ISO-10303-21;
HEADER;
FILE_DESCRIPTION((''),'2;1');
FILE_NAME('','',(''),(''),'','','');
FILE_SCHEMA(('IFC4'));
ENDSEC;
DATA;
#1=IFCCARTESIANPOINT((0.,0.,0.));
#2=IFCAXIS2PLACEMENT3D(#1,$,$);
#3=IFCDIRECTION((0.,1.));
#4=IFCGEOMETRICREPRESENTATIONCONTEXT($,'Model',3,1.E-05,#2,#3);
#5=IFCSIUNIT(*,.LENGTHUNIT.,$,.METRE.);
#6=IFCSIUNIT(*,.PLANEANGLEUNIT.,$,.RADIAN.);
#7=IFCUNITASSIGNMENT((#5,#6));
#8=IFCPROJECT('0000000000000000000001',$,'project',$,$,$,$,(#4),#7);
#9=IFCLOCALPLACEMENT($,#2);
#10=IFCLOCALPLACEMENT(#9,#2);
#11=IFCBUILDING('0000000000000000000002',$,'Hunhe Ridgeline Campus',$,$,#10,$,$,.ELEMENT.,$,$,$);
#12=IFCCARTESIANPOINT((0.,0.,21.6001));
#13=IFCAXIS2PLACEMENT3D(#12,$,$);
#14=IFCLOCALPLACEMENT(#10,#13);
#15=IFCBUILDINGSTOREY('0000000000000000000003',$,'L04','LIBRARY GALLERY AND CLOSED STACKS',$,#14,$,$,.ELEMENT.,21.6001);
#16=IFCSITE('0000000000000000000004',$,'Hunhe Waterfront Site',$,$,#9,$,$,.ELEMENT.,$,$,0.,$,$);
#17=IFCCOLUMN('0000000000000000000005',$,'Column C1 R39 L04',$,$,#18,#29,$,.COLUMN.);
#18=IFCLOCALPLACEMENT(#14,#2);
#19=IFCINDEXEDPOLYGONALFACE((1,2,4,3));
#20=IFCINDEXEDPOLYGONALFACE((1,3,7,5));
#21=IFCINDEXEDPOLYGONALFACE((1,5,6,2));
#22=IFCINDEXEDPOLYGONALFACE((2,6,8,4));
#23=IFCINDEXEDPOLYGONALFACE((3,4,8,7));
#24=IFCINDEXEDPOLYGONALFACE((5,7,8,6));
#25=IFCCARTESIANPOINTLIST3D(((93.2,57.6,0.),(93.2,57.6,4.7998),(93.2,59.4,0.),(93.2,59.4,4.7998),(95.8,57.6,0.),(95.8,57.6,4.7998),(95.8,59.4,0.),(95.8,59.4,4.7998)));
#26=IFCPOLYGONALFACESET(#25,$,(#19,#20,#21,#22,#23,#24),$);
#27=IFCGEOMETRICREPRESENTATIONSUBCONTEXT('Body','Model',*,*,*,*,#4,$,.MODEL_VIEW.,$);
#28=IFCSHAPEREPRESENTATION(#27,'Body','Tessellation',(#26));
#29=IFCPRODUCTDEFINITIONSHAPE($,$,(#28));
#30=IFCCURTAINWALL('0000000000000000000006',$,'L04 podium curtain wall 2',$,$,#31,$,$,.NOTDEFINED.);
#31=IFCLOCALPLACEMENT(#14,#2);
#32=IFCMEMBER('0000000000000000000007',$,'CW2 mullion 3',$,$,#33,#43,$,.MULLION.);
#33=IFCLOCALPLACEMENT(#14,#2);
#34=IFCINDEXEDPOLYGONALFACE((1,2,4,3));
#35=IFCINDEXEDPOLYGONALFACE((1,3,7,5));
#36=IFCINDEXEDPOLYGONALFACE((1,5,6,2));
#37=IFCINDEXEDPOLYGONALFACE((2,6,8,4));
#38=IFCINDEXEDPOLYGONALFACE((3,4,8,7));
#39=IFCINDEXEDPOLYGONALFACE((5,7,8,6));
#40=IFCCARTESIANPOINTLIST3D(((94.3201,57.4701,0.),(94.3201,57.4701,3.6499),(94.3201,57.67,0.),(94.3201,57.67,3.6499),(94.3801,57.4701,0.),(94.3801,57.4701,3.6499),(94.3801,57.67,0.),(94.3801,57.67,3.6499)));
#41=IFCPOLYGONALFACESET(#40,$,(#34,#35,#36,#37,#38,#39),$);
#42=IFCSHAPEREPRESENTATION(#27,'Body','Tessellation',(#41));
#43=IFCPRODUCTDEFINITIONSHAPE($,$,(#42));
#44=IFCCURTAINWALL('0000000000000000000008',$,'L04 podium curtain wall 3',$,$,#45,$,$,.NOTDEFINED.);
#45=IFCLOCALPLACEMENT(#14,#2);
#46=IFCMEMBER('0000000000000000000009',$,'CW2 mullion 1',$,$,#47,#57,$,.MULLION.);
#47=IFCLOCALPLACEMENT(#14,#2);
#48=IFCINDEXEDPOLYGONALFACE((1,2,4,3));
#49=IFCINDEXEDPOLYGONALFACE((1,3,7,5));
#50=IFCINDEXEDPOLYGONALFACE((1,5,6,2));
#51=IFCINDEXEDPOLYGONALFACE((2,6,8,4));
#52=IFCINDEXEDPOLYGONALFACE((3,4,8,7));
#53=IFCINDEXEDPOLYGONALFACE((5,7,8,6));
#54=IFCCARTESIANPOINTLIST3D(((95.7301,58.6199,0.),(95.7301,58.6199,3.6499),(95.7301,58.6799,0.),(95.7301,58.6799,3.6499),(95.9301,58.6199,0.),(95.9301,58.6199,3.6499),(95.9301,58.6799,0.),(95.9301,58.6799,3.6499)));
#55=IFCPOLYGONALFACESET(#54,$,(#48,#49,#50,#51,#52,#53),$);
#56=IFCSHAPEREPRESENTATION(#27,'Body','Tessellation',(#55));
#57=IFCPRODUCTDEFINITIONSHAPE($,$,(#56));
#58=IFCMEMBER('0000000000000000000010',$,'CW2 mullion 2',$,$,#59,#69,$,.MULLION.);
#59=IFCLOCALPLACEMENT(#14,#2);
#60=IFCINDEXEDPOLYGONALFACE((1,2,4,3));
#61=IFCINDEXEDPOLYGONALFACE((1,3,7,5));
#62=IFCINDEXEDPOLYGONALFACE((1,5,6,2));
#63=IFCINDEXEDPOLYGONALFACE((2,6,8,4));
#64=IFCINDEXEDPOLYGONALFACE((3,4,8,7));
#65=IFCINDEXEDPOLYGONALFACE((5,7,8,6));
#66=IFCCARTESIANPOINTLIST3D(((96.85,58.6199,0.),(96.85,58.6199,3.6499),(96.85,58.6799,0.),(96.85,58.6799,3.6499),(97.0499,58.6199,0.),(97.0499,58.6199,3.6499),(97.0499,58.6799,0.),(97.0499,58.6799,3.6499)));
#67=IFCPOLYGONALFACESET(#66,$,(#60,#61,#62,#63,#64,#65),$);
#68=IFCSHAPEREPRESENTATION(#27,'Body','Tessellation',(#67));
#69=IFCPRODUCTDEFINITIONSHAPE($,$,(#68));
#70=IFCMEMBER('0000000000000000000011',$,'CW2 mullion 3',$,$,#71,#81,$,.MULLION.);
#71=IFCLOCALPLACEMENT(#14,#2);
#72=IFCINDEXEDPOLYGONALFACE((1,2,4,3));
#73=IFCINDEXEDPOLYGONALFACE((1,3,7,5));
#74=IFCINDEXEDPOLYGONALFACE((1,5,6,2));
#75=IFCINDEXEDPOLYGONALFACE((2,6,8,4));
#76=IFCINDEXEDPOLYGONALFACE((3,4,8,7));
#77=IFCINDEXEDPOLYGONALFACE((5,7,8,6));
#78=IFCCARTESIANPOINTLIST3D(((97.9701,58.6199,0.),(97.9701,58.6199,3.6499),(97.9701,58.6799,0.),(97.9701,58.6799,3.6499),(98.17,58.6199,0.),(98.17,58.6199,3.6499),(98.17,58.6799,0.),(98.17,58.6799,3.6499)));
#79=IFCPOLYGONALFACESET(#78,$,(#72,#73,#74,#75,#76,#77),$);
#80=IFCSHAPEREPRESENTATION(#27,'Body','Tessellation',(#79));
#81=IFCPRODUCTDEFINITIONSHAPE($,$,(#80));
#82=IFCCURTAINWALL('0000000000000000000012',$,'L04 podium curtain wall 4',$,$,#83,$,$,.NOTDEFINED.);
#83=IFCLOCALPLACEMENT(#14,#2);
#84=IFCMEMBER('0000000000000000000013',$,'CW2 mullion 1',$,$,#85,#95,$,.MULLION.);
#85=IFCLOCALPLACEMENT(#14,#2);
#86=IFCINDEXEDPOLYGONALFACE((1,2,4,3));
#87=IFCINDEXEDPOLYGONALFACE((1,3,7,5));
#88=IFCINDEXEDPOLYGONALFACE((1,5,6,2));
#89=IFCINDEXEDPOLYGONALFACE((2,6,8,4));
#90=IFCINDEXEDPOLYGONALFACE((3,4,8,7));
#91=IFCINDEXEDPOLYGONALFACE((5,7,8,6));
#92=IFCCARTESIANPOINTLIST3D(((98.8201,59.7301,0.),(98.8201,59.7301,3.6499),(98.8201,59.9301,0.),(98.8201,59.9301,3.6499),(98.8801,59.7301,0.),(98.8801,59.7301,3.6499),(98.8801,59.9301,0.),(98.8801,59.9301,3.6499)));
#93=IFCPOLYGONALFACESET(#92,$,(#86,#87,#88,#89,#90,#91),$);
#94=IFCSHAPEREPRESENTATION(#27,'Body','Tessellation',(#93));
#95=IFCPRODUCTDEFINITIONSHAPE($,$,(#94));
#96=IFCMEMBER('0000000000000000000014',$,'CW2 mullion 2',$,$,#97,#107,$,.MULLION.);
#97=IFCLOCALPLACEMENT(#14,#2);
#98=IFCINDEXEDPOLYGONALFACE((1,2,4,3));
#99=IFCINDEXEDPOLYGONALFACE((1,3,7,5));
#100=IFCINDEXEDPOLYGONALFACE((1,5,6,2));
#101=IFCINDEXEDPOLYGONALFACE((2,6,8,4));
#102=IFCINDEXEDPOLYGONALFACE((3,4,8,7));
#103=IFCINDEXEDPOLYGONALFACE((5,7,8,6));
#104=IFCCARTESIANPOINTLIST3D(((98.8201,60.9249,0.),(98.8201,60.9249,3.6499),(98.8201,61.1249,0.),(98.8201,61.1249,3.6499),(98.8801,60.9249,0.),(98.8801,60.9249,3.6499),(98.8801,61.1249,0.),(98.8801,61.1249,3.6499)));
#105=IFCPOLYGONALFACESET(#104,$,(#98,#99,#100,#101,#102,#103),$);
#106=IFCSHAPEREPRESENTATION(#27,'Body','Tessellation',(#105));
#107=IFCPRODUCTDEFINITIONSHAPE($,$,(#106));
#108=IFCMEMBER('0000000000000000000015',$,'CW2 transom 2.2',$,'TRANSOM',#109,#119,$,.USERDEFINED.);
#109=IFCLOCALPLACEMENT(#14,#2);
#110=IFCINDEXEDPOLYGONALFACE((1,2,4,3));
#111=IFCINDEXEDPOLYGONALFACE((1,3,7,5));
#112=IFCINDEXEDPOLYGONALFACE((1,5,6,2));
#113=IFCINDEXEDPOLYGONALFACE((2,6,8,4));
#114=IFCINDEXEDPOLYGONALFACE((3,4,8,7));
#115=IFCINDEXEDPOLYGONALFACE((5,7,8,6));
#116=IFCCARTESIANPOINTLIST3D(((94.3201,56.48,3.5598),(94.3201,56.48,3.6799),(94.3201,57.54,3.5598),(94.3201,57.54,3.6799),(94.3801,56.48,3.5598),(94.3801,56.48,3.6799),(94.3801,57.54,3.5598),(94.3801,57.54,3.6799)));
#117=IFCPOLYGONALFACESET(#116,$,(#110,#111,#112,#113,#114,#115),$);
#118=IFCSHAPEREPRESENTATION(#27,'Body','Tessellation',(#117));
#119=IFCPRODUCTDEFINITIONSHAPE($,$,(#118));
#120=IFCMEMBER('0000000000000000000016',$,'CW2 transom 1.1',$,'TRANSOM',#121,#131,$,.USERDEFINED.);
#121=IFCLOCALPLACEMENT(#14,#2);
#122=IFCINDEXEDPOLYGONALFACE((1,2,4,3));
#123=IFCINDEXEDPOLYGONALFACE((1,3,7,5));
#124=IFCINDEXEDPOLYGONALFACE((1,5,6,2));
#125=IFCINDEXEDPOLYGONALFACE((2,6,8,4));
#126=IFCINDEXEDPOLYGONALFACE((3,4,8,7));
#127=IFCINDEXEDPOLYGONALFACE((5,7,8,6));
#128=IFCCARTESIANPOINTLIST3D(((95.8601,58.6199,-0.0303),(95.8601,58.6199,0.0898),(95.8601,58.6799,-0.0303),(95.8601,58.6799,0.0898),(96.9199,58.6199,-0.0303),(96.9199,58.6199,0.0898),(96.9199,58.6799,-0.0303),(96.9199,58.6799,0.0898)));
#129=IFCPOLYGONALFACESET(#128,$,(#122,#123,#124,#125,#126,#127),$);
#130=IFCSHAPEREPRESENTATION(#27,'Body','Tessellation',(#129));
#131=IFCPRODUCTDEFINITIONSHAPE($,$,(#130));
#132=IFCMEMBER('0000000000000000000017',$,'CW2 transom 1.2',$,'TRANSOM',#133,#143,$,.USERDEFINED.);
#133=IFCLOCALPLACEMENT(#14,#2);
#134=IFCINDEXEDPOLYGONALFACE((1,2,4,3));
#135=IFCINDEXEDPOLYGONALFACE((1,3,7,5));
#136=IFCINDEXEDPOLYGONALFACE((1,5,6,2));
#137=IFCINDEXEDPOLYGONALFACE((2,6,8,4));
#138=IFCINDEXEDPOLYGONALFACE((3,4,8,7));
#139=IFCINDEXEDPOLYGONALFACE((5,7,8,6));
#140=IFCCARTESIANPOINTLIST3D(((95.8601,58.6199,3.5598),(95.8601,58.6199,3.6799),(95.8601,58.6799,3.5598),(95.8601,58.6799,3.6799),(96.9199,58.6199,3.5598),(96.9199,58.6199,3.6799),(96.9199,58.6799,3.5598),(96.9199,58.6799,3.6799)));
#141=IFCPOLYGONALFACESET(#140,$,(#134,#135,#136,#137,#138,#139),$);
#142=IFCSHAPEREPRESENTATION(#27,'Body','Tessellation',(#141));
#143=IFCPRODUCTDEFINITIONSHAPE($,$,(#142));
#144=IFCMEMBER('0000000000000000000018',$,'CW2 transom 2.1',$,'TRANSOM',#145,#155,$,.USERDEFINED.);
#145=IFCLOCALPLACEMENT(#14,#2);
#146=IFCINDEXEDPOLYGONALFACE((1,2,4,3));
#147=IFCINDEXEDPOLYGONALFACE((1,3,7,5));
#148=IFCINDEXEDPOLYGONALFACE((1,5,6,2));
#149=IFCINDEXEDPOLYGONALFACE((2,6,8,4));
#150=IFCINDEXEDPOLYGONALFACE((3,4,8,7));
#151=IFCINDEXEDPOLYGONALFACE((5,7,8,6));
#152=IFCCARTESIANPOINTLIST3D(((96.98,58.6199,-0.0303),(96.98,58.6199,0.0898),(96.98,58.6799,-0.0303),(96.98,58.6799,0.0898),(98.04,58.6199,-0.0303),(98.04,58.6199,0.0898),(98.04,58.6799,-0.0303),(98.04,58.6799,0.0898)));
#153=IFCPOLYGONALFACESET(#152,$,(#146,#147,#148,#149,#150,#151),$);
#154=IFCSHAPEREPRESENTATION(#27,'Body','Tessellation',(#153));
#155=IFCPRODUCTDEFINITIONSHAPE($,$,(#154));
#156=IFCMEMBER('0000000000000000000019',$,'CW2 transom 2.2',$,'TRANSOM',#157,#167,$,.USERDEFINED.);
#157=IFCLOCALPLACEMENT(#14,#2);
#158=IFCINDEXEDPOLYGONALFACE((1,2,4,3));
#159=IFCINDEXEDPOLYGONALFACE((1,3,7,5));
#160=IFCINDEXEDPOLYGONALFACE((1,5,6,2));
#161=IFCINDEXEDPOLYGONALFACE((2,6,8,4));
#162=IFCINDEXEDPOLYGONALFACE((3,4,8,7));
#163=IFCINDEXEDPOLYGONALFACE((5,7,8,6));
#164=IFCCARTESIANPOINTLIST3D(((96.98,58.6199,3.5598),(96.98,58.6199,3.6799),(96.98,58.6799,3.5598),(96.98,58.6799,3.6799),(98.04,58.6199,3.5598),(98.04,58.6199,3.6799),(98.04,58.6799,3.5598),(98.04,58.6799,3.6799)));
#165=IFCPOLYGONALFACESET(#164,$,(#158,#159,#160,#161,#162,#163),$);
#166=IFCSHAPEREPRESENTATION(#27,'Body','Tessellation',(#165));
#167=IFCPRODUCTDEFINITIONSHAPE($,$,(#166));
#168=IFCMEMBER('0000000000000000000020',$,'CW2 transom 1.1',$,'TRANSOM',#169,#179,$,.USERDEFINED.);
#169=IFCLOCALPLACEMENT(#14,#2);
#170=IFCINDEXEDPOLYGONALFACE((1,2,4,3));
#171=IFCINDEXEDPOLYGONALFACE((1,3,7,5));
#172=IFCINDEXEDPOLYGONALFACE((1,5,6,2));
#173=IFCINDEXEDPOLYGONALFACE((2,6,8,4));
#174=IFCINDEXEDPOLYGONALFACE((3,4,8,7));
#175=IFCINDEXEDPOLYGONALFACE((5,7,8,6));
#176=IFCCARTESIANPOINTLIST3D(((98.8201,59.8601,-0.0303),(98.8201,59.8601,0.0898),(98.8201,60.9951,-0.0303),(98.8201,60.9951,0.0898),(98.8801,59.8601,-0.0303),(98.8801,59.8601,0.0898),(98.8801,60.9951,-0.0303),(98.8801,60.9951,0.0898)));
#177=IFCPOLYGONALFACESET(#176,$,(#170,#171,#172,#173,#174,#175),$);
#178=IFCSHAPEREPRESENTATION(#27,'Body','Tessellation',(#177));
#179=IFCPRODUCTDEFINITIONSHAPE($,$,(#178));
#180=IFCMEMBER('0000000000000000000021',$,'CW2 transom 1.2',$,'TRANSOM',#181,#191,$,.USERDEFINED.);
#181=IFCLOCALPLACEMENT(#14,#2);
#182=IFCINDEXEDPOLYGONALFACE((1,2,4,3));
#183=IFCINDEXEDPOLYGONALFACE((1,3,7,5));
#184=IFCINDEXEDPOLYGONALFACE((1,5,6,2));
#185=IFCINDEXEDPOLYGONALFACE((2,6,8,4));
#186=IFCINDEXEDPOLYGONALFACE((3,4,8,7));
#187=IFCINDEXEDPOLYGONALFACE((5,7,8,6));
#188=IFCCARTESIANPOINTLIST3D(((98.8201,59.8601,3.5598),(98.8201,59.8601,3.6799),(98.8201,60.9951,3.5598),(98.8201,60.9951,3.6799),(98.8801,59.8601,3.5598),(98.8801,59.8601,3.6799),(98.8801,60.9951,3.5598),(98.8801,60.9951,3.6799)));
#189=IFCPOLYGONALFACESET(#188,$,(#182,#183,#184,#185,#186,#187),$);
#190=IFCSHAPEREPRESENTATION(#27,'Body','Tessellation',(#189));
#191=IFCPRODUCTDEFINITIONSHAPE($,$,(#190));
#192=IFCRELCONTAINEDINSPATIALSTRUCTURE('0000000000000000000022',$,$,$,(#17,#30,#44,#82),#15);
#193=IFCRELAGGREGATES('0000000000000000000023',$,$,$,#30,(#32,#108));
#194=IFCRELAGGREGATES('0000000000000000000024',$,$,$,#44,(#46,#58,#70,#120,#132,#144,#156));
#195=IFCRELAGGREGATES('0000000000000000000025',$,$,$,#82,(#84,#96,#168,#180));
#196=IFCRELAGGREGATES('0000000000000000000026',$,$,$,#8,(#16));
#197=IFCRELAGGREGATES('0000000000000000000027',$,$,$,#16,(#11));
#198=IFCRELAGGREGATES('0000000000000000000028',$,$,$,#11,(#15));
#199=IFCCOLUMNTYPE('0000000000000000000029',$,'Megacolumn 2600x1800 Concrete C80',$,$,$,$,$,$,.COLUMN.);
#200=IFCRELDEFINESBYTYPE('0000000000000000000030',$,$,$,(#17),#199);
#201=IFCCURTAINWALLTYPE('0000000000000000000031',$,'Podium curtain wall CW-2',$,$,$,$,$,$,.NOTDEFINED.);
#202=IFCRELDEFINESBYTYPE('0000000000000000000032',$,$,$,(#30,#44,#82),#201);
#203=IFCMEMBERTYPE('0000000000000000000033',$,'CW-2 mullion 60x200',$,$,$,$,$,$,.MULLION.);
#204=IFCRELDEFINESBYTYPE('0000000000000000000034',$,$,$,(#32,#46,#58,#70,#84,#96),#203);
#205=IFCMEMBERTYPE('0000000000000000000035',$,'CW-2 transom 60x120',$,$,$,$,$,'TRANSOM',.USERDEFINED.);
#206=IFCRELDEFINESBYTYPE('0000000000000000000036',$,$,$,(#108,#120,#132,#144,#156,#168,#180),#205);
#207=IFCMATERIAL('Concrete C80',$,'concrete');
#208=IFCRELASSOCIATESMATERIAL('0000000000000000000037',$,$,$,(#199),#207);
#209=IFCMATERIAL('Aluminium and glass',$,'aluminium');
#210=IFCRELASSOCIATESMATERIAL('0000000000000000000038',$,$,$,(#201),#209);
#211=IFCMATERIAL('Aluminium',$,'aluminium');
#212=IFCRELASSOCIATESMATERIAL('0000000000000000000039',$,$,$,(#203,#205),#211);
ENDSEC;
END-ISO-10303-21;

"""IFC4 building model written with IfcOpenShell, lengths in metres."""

from ifc_helpers import new_model, si_unit, direction, frame, origin, origin_2d, place, context, subcontext, project, spatial, rectangle, extrude, material, material_profile, profile_set, type_object, element, aggregate, save


model = new_model("IFC4")

# Units and contexts
model_context = context("Model", 3, precision=1e-05, world=origin(), true_north=direction((0.0, 1.0)))
body_context = subcontext(model_context, "Body", "Model", "MODEL_VIEW")
ifc_project = project(units=[si_unit("LENGTHUNIT", "METRE"), si_unit("PLANEANGLEUNIT", "RADIAN")], contexts=[model_context])

# Site, building, storey
site_placement = place(None, origin())
site = spatial("IfcSite", under=ifc_project, at=site_placement, Name="Hunhe Waterfront Site", CompositionType="ELEMENT", RefElevation=0.0)
building_placement = place(site_placement, origin())
building = spatial("IfcBuilding", under=site, at=building_placement, Name="Hunhe Ridgeline Campus", CompositionType="ELEMENT")
storey_placement = place(building_placement, frame((0.0, 0.0, 21.6001)))
storey = spatial("IfcBuildingStorey", under=building, at=storey_placement, Name="L04", Description="LIBRARY GALLERY AND CLOSED STACKS", CompositionType="ELEMENT", Elevation=21.6001)

# Column
ifc_material_1 = material(Name="Concrete C80", Category="concrete")
ifc_material_profile_1 = material_profile(ifc_material_1, rectangle(XDim=2.6001, YDim=1.8, at=origin_2d()))
ifc_profile_set_1 = profile_set([ifc_material_profile_1], Name="Concrete C80")
column_type = type_object("IfcColumnType", Name="Megacolumn 2600x1800 Concrete C80", PredefinedType="COLUMN", material=ifc_profile_set_1)
column_placement = place(storey_placement, frame((94.5, 58.5, 0.0), z_axis=(0.0, 0.0, 1.0), x_axis=(1.0, 0.0, 0.0)))
element("IfcColumn", 1, at=column_placement, inside=storey, type_object=column_type, Name="Column C1 R39 L04", PredefinedType="COLUMN", context=body_context, shape_type="SweptSolid", body=[
    extrude(rectangle(XDim=2.6001, YDim=1.8, at=origin_2d()), origin(), (0.0, 0.0, 1.0), 4.7998),
])

# Curtain wall, member
ifc_material_2 = material(Name="Aluminium and glass", Category="aluminium")
curtain_wall_type = type_object("IfcCurtainWallType", Name="Podium curtain wall CW-2", PredefinedType="NOTDEFINED", material=ifc_material_2)
curtain_wall_1_placement = place(storey_placement, origin())
curtain_wall_1 = element("IfcCurtainWall", 2, at=curtain_wall_1_placement, inside=storey, type_object=curtain_wall_type, Name="L04 podium curtain wall 2", PredefinedType="NOTDEFINED")
ifc_material_3 = material(Name="Aluminium", Category="aluminium")
ifc_material_profile_2 = material_profile(ifc_material_3, rectangle(XDim=0.0601, YDim=0.2, at=origin_2d()))
ifc_profile_set_2 = profile_set([ifc_material_profile_2], Name="Aluminium")
member_type_1 = type_object("IfcMemberType", Name="CW-2 mullion 60x200", PredefinedType="MULLION", material=ifc_profile_set_2)
member_1_placement = place(storey_placement, frame((94.3501, 57.5701, 0.0), z_axis=(0.0, 0.0, 1.0), x_axis=(-1.0, 0.0, 0.0)))
member_1 = element("IfcMember", 3, at=member_1_placement, type_object=member_type_1, Name="CW2 mullion 3", PredefinedType="MULLION", context=body_context, shape_type="SweptSolid", body=[
    extrude(rectangle(XDim=0.0601, YDim=0.2, at=origin_2d()), origin(), (0.0, 0.0, 1.0), 3.6499),
])

# Curtain walls, members
curtain_wall_2_placement = place(storey_placement, origin())
curtain_wall_2 = element("IfcCurtainWall", 4, at=curtain_wall_2_placement, inside=storey, type_object=curtain_wall_type, Name="L04 podium curtain wall 3", PredefinedType="NOTDEFINED")
member_2_placement = place(storey_placement, frame((95.8301, 58.6499, 0.0), z_axis=(0.0, 0.0, 1.0), x_axis=(0.0, 1.0, 0.0)))
member_2 = element("IfcMember", 5, at=member_2_placement, type_object=member_type_1, Name="CW2 mullion 1", PredefinedType="MULLION", context=body_context, shape_type="SweptSolid", body=[
    extrude(rectangle(XDim=0.0601, YDim=0.2, at=origin_2d()), origin(), (0.0, 0.0, 1.0), 3.6499),
])
member_3_placement = place(storey_placement, frame((96.95, 58.6499, 0.0), z_axis=(0.0, 0.0, 1.0), x_axis=(0.0, 1.0, 0.0)))
member_3 = element("IfcMember", 6, at=member_3_placement, type_object=member_type_1, Name="CW2 mullion 2", PredefinedType="MULLION", context=body_context, shape_type="SweptSolid", body=[
    extrude(rectangle(XDim=0.0601, YDim=0.2, at=origin_2d()), origin(), (0.0, 0.0, 1.0), 3.6499),
])
member_4_placement = place(storey_placement, frame((98.0701, 58.6499, 0.0), z_axis=(0.0, 0.0, 1.0), x_axis=(0.0, 1.0, 0.0)))
member_4 = element("IfcMember", 7, at=member_4_placement, type_object=member_type_1, Name="CW2 mullion 3", PredefinedType="MULLION", context=body_context, shape_type="SweptSolid", body=[
    extrude(rectangle(XDim=0.0601, YDim=0.2, at=origin_2d()), origin(), (0.0, 0.0, 1.0), 3.6499),
])
curtain_wall_3_placement = place(storey_placement, origin())
curtain_wall_3 = element("IfcCurtainWall", 8, at=curtain_wall_3_placement, inside=storey, type_object=curtain_wall_type, Name="L04 podium curtain wall 4", PredefinedType="NOTDEFINED")
member_5_placement = place(storey_placement, frame((98.8501, 59.8301, 0.0), z_axis=(0.0, 0.0, 1.0), x_axis=(-1.0, 0.0, 0.0)))
member_5 = element("IfcMember", 9, at=member_5_placement, type_object=member_type_1, Name="CW2 mullion 1", PredefinedType="MULLION", context=body_context, shape_type="SweptSolid", body=[
    extrude(rectangle(XDim=0.0601, YDim=0.2, at=origin_2d()), origin(), (0.0, 0.0, 1.0), 3.6499),
])
member_6_placement = place(storey_placement, frame((98.8501, 61.0249, 0.0), z_axis=(0.0, 0.0, 1.0), x_axis=(-1.0, 0.0, 0.0)))
member_6 = element("IfcMember", 10, at=member_6_placement, type_object=member_type_1, Name="CW2 mullion 2", PredefinedType="MULLION", context=body_context, shape_type="SweptSolid", body=[
    extrude(rectangle(XDim=0.0601, YDim=0.2, at=origin_2d()), origin(), (0.0, 0.0, 1.0), 3.6499),
])

# Members
ifc_material_profile_3 = material_profile(ifc_material_3, rectangle(XDim=0.0601, YDim=0.1201, at=origin_2d()))
ifc_profile_set_3 = profile_set([ifc_material_profile_3], Name="Aluminium")
member_type_2 = type_object("IfcMemberType", Name="CW-2 transom 60x120", ElementType="TRANSOM", PredefinedType="USERDEFINED", material=ifc_profile_set_3)
member_7_placement = place(storey_placement, frame((94.3501, 56.48, 3.6199), z_axis=(0.0, 1.0, 0.0), x_axis=(-1.0, 0.0, 0.0)))
member_7 = element("IfcMember", 11, at=member_7_placement, type_object=member_type_2, Name="CW2 transom 2.2", ObjectType="TRANSOM", PredefinedType="USERDEFINED", context=body_context, shape_type="SweptSolid", body=[
    extrude(rectangle(XDim=0.0601, YDim=0.1201, at=origin_2d()), origin(), (0.0, 0.0, 1.0), 1.0601),
])
member_8_placement = place(storey_placement, frame((95.8601, 58.6499, 0.0298), z_axis=(1.0, 0.0, 0.0), x_axis=(0.0, 1.0, 0.0)))
member_8 = element("IfcMember", 12, at=member_8_placement, type_object=member_type_2, Name="CW2 transom 1.1", ObjectType="TRANSOM", PredefinedType="USERDEFINED", context=body_context, shape_type="SweptSolid", body=[
    extrude(rectangle(XDim=0.0601, YDim=0.1201, at=origin_2d()), origin(), (0.0, 0.0, 1.0), 1.0598),
])
member_9_placement = place(storey_placement, frame((95.8601, 58.6499, 3.6199), z_axis=(1.0, 0.0, 0.0), x_axis=(0.0, 1.0, 0.0)))
member_9 = element("IfcMember", 13, at=member_9_placement, type_object=member_type_2, Name="CW2 transom 1.2", ObjectType="TRANSOM", PredefinedType="USERDEFINED", context=body_context, shape_type="SweptSolid", body=[
    extrude(rectangle(XDim=0.0601, YDim=0.1201, at=origin_2d()), origin(), (0.0, 0.0, 1.0), 1.0598),
])
member_10_placement = place(storey_placement, frame((96.98, 58.6499, 0.0298), z_axis=(1.0, 0.0, 0.0), x_axis=(0.0, 1.0, 0.0)))
member_10 = element("IfcMember", 14, at=member_10_placement, type_object=member_type_2, Name="CW2 transom 2.1", ObjectType="TRANSOM", PredefinedType="USERDEFINED", context=body_context, shape_type="SweptSolid", body=[
    extrude(rectangle(XDim=0.0601, YDim=0.1201, at=origin_2d()), origin(), (0.0, 0.0, 1.0), 1.0601),
])
member_11_placement = place(storey_placement, frame((96.98, 58.6499, 3.6199), z_axis=(1.0, 0.0, 0.0), x_axis=(0.0, 1.0, 0.0)))
member_11 = element("IfcMember", 15, at=member_11_placement, type_object=member_type_2, Name="CW2 transom 2.2", ObjectType="TRANSOM", PredefinedType="USERDEFINED", context=body_context, shape_type="SweptSolid", body=[
    extrude(rectangle(XDim=0.0601, YDim=0.1201, at=origin_2d()), origin(), (0.0, 0.0, 1.0), 1.0601),
])
member_12_placement = place(storey_placement, frame((98.8501, 59.8601, 0.0298), z_axis=(0.0, 1.0, 0.0), x_axis=(-1.0, 0.0, 0.0)))
member_12 = element("IfcMember", 16, at=member_12_placement, type_object=member_type_2, Name="CW2 transom 1.1", ObjectType="TRANSOM", PredefinedType="USERDEFINED", context=body_context, shape_type="SweptSolid", body=[
    extrude(rectangle(XDim=0.0601, YDim=0.1201, at=origin_2d()), origin(), (0.0, 0.0, 1.0), 1.135),
])
member_13_placement = place(storey_placement, frame((98.8501, 59.8601, 3.6199), z_axis=(0.0, 1.0, 0.0), x_axis=(-1.0, 0.0, 0.0)))
member_13 = element("IfcMember", 17, at=member_13_placement, type_object=member_type_2, Name="CW2 transom 1.2", ObjectType="TRANSOM", PredefinedType="USERDEFINED", context=body_context, shape_type="SweptSolid", body=[
    extrude(rectangle(XDim=0.0601, YDim=0.1201, at=origin_2d()), origin(), (0.0, 0.0, 1.0), 1.135),
])

aggregate(curtain_wall_1, [member_1, member_7])
aggregate(curtain_wall_2, [member_2, member_3, member_4, member_8, member_9, member_10, member_11])
aggregate(curtain_wall_3, [member_5, member_6, member_12, member_13])

save(model, "model.ifc")
